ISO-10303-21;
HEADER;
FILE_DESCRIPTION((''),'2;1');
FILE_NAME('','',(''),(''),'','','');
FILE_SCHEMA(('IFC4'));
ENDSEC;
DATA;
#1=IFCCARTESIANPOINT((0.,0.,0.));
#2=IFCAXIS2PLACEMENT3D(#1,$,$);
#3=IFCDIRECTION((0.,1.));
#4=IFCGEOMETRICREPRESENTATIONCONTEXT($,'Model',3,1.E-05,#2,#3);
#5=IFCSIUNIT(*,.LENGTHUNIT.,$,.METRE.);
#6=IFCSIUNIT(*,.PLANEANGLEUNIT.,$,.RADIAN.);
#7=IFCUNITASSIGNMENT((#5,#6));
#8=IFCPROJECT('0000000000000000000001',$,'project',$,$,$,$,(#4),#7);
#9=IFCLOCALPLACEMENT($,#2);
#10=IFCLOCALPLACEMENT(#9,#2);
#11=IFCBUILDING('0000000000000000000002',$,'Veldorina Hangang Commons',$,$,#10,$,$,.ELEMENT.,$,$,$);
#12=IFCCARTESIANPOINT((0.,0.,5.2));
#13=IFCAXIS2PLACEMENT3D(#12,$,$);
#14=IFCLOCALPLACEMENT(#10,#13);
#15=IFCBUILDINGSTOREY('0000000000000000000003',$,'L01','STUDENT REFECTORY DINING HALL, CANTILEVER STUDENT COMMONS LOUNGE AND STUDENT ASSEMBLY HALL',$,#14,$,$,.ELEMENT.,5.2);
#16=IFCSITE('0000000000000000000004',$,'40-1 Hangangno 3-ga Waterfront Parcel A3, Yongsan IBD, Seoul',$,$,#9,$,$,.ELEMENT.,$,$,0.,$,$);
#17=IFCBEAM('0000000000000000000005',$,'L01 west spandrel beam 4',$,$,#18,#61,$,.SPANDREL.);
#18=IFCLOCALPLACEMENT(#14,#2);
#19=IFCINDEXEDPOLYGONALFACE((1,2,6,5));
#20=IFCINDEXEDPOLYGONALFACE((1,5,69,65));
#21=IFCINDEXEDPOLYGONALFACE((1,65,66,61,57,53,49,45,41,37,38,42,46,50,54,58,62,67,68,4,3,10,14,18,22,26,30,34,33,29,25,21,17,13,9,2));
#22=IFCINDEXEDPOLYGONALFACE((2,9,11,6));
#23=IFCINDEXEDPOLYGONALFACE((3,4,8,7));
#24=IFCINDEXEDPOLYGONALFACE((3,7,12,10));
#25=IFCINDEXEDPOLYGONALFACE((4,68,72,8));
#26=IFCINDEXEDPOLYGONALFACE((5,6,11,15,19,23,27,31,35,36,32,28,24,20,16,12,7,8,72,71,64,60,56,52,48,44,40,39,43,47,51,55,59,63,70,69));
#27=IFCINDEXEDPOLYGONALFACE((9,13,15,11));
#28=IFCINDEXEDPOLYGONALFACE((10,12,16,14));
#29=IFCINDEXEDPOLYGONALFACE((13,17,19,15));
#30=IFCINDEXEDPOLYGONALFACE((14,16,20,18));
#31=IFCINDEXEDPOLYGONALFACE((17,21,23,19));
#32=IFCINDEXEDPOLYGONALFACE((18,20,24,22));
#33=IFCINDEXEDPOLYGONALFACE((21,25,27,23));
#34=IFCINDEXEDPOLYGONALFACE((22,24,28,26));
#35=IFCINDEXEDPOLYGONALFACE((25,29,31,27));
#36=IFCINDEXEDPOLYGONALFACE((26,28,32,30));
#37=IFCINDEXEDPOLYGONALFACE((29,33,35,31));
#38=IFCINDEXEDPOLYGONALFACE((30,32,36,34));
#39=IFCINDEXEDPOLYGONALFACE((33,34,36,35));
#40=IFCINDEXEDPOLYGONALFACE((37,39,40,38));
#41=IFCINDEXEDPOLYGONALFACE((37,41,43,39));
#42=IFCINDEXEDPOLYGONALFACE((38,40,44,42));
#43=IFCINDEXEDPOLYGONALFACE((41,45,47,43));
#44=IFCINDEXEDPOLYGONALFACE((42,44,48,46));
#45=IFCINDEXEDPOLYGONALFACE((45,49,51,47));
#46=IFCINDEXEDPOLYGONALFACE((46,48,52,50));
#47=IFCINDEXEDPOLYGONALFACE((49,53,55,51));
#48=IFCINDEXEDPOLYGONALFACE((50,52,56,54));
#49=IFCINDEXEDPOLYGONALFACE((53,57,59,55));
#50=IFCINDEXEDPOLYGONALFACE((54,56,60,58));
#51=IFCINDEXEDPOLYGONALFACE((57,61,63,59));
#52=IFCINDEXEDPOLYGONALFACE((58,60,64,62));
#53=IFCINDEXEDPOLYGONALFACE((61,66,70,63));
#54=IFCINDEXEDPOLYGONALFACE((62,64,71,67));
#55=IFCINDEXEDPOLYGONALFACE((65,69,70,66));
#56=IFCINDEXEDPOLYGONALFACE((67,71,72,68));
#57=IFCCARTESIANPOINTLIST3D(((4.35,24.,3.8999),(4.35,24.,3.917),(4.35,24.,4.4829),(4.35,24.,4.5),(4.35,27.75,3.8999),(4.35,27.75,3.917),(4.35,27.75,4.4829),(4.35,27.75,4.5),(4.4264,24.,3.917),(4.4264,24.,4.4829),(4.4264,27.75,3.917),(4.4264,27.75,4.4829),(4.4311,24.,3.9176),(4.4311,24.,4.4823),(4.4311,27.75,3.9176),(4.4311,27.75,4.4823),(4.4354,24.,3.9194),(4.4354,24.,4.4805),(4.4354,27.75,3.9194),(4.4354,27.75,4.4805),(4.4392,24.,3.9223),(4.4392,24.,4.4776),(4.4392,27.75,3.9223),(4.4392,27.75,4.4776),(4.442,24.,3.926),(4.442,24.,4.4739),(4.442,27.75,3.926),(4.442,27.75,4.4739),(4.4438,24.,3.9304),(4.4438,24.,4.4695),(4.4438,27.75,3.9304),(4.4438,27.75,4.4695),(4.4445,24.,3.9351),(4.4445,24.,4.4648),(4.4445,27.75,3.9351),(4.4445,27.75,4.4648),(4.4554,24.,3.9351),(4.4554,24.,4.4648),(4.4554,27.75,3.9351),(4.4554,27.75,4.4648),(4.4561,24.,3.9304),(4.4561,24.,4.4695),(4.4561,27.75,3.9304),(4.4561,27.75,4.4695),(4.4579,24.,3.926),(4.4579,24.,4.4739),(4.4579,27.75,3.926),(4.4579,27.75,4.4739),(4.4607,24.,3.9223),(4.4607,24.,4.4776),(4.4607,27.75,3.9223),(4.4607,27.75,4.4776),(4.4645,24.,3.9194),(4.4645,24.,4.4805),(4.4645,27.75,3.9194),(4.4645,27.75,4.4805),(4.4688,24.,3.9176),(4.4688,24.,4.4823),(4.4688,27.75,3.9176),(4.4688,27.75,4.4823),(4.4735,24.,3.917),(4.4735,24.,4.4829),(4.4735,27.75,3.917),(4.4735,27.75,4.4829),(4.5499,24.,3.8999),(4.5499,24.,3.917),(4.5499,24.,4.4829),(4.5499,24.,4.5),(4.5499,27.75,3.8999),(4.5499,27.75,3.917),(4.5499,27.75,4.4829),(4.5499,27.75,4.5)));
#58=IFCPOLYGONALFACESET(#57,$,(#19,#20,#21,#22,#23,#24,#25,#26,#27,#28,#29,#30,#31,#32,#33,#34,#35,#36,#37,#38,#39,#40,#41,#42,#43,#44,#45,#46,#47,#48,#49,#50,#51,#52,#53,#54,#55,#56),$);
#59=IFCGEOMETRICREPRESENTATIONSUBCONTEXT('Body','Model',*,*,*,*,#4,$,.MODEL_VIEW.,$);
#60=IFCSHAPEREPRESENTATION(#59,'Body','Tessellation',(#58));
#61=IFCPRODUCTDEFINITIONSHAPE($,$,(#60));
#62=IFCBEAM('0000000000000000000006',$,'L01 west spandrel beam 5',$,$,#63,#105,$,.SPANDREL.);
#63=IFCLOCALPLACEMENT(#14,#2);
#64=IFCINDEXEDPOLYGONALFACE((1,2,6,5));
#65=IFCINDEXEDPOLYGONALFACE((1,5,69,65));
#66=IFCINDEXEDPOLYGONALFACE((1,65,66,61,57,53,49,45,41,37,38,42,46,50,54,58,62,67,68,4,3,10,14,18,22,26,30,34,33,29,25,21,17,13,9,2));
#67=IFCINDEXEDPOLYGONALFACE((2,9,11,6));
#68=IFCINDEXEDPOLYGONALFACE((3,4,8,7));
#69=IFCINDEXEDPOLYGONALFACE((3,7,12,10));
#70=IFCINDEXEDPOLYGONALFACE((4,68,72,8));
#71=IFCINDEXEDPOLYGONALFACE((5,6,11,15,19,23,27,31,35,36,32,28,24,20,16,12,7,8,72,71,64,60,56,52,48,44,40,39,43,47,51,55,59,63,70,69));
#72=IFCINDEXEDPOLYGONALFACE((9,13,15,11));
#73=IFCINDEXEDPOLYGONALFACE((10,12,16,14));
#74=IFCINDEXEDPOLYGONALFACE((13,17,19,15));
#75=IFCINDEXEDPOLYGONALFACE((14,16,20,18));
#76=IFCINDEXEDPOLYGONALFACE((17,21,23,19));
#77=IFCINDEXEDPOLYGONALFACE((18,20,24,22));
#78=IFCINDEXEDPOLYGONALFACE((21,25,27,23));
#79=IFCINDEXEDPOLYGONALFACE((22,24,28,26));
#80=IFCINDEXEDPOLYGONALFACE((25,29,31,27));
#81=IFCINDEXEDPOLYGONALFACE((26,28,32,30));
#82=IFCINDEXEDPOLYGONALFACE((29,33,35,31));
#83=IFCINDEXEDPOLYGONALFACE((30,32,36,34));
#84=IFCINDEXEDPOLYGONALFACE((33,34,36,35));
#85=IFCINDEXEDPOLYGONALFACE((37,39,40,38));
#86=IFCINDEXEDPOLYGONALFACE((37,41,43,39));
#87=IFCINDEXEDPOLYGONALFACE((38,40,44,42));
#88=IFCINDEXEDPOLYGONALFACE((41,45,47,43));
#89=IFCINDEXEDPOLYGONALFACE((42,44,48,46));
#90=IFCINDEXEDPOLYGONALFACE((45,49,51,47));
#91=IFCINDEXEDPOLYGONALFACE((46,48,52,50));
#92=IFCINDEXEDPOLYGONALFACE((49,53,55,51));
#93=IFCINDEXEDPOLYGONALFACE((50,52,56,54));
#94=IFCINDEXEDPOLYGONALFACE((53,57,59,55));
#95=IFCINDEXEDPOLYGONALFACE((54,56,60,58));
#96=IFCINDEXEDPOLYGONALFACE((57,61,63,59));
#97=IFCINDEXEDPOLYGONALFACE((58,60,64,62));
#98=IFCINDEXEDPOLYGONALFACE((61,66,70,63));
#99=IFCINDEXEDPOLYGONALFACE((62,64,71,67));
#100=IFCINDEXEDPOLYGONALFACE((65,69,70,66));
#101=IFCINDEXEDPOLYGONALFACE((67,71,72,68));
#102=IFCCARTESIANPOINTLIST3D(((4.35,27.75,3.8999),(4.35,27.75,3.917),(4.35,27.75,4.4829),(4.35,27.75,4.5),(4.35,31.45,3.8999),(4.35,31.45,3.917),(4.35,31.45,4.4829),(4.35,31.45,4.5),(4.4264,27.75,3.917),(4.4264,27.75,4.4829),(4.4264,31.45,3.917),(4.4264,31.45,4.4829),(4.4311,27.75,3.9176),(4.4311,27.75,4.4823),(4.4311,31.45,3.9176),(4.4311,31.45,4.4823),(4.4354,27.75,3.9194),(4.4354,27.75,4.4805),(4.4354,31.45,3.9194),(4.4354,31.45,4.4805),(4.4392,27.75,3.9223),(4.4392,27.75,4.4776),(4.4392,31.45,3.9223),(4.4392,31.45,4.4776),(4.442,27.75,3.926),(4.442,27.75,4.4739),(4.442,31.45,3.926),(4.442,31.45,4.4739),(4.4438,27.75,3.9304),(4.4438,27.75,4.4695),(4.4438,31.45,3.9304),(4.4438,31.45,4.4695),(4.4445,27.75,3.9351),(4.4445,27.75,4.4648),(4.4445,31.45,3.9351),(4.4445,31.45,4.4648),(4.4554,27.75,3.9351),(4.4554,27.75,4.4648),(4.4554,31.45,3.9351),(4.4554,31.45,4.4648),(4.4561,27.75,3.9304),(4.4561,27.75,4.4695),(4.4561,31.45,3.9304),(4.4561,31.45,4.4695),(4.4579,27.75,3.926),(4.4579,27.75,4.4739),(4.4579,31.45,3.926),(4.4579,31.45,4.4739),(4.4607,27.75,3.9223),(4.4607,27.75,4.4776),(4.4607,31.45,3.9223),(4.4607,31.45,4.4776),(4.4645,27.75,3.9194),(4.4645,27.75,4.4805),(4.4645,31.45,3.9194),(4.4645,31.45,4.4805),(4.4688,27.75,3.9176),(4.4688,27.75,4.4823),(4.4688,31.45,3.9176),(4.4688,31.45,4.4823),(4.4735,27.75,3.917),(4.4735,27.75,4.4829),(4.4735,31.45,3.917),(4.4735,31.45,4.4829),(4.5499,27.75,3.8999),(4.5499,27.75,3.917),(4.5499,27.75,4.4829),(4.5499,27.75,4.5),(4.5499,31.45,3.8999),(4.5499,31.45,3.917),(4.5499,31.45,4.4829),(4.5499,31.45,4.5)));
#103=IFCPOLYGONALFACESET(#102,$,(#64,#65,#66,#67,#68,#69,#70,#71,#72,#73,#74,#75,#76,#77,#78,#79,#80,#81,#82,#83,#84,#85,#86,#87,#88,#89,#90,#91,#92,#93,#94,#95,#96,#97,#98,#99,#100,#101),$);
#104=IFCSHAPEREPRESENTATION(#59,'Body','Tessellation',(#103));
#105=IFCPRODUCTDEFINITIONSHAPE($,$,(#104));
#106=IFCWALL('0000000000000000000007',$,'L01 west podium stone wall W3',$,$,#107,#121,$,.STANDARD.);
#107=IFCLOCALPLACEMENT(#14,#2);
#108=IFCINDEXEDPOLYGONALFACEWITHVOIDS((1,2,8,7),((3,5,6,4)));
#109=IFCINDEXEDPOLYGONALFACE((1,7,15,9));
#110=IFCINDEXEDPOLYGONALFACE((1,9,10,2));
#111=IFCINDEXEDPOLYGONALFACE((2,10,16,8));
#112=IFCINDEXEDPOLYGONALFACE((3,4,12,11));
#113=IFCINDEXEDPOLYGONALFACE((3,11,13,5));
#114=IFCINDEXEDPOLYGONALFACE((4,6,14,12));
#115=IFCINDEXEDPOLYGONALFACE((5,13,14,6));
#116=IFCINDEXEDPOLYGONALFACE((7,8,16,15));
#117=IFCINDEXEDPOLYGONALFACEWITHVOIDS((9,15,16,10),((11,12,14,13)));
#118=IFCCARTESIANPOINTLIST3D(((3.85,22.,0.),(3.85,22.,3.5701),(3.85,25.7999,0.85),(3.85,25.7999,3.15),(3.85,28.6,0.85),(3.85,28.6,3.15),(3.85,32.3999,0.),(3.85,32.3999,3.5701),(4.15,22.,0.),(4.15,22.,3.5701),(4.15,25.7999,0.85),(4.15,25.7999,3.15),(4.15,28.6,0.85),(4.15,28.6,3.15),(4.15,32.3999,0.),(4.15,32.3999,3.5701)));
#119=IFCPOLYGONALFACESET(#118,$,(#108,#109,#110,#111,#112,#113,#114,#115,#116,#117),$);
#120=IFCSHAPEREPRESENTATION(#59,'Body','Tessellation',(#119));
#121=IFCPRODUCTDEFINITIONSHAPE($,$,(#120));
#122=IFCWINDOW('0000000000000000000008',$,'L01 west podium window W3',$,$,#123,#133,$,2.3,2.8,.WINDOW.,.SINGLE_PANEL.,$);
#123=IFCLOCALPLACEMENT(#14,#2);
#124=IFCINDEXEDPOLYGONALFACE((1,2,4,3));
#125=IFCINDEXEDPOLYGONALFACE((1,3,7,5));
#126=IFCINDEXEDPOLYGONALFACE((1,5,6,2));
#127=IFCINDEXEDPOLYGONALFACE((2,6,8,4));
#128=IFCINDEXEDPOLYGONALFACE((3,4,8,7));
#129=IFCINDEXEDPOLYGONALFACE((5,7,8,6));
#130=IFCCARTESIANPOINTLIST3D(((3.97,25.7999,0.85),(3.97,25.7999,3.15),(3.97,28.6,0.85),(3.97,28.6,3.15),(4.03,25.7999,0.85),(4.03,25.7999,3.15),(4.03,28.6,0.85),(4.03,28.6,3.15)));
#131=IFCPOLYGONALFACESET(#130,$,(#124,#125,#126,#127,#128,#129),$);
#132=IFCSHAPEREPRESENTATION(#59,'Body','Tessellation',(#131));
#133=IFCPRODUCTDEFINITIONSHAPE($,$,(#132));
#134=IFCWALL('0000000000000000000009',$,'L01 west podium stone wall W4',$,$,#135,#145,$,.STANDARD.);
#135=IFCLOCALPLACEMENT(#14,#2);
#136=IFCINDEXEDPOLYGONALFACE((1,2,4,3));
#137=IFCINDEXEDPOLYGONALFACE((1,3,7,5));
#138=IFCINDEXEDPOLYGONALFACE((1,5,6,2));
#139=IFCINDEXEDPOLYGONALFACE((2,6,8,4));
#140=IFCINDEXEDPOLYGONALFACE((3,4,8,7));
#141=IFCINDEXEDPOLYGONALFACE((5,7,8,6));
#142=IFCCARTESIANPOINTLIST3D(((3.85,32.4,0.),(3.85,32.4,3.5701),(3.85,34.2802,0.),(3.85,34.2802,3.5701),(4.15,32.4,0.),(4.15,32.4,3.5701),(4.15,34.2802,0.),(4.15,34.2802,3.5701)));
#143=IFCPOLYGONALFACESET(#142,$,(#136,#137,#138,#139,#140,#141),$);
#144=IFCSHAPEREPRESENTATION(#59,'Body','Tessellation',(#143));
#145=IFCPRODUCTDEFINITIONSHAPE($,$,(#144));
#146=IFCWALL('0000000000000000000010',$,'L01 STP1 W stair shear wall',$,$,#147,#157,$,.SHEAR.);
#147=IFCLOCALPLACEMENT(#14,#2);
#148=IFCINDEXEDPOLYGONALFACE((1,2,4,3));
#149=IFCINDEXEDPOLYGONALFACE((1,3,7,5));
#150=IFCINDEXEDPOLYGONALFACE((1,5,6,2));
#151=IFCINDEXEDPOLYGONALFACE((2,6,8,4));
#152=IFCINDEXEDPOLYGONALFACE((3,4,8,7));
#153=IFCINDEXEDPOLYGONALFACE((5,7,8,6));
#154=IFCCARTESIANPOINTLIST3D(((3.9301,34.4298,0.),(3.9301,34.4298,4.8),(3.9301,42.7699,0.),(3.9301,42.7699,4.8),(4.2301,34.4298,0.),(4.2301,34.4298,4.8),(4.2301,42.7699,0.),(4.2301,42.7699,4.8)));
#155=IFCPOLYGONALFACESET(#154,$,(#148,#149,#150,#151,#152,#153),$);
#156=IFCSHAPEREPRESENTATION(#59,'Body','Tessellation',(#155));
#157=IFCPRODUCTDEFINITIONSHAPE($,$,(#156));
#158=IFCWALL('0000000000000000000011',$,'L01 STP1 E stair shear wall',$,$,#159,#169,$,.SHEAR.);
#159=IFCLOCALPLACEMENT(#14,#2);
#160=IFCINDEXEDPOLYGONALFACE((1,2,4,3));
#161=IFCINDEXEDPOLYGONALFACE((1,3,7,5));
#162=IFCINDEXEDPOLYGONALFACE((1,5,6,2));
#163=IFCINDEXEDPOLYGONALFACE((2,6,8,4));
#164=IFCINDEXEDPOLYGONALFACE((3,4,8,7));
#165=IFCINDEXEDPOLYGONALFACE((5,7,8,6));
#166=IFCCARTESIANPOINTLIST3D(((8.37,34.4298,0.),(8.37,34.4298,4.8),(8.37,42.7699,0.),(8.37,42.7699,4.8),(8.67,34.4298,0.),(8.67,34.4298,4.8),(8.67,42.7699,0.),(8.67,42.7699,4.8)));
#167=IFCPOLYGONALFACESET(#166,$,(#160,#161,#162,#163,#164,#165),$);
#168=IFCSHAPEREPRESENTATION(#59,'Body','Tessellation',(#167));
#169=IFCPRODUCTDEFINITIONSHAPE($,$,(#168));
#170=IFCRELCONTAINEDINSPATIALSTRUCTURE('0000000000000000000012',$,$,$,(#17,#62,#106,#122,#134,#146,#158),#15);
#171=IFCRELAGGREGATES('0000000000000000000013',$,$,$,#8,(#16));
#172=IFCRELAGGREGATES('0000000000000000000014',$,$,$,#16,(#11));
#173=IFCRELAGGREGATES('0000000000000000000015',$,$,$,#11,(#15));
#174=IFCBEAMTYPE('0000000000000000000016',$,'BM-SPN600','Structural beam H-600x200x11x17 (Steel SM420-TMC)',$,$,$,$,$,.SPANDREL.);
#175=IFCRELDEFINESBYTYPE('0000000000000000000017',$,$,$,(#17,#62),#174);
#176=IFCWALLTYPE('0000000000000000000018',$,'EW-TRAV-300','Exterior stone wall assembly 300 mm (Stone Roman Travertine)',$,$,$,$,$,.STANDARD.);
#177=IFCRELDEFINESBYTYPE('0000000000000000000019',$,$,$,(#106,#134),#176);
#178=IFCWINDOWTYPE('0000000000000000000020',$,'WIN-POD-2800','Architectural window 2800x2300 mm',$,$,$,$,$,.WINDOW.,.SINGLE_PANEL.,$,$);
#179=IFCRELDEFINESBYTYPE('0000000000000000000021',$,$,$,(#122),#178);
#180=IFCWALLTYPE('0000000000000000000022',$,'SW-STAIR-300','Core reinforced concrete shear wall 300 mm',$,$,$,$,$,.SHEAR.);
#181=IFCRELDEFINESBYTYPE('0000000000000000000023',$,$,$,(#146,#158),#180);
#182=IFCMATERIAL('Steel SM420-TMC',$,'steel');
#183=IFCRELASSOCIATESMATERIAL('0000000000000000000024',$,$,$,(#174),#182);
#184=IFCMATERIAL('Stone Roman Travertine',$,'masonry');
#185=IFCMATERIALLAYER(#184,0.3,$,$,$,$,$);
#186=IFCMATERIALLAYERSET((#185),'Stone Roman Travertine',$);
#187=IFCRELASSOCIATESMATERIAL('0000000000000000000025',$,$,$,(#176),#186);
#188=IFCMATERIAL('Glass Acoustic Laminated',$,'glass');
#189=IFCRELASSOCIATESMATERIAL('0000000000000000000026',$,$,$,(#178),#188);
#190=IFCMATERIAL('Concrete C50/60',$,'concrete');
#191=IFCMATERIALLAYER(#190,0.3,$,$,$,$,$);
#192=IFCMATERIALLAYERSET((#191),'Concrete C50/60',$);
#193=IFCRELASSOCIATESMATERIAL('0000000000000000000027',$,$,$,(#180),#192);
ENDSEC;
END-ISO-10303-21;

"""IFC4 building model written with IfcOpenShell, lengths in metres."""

from ifc_helpers import new_model, si_unit, direction, frame, frame_2d, origin, origin_2d, place, context, subcontext, project, spatial, rectangle, i_section, extrude, material, layer, layer_set, material_profile, profile_set, type_object, element, fill, save


model = new_model("IFC4")

# Units and contexts
model_context = context("Model", 3, precision=1e-05, world=origin(), true_north=direction((0.0, 1.0)))
body_context = subcontext(model_context, "Body", "Model", "MODEL_VIEW")
ifc_project = project(units=[si_unit("LENGTHUNIT", "METRE"), si_unit("PLANEANGLEUNIT", "RADIAN")], contexts=[model_context])

# Site, building, storey
site_placement = place(None, origin())
site = spatial("IfcSite", under=ifc_project, at=site_placement, Name="40-1 Hangangno 3-ga Waterfront Parcel A3, Yongsan IBD, Seoul", CompositionType="ELEMENT", RefElevation=0.0)
building_placement = place(site_placement, origin())
building = spatial("IfcBuilding", under=site, at=building_placement, Name="Veldorina Hangang Commons", CompositionType="ELEMENT")
storey_placement = place(building_placement, frame((0.0, 0.0, 5.2)))
storey = spatial("IfcBuildingStorey", under=building, at=storey_placement, Name="L01", Description="STUDENT REFECTORY DINING HALL, CANTILEVER STUDENT COMMONS LOUNGE AND STUDENT ASSEMBLY HALL", CompositionType="ELEMENT", Elevation=5.2)

# Beams
ifc_material_1 = material(Name="Steel SM420-TMC", Category="steel")
ifc_material_profile_1 = material_profile(ifc_material_1, i_section(OverallWidth=0.2, OverallDepth=0.6001, WebThickness=0.011, FlangeThickness=0.0171, FilletRadius=0.0181, at=origin_2d()), Name="H-600x200x11x17")
ifc_profile_set_1 = profile_set([ifc_material_profile_1], Name="Steel SM420-TMC")
beam_type_1 = type_object("IfcBeamType", Name="BM-SPN600", Description="Structural beam H-600x200x11x17 (Steel SM420-TMC)", PredefinedType="SPANDREL", material=ifc_profile_set_1)
beam_1_placement = place(storey_placement, frame((4.45, 24.0, 4.2), z_axis=(0.0, 1.0, 0.0), x_axis=(-1.0, 0.0, 0.0)))
element("IfcBeam", 1, at=beam_1_placement, inside=storey, type_object=beam_type_1, Name="L01 west spandrel beam 4", PredefinedType="SPANDREL", context=body_context, shape_type="SweptSolid", body=[
    extrude(i_section(OverallWidth=0.2, OverallDepth=0.6001, WebThickness=0.011, FlangeThickness=0.0171, FilletRadius=0.0181, at=origin_2d()), origin(), (0.0, 0.0, 1.0), 3.75),
])
beam_2_placement = place(storey_placement, frame((4.45, 27.75, 4.2), z_axis=(0.0, 1.0, 0.0), x_axis=(-1.0, 0.0, 0.0)))
element("IfcBeam", 2, at=beam_2_placement, inside=storey, type_object=beam_type_1, Name="L01 west spandrel beam 5", PredefinedType="SPANDREL", context=body_context, shape_type="SweptSolid", body=[
    extrude(i_section(OverallWidth=0.2, OverallDepth=0.6001, WebThickness=0.011, FlangeThickness=0.0171, FilletRadius=0.0181, at=origin_2d()), origin(), (0.0, 0.0, 1.0), 3.7),
])

# Wall, opening, window
ifc_material_2 = material(Name="Stone Roman Travertine", Category="masonry")
ifc_layer_1 = layer(ifc_material_2, 0.3)
ifc_layer_set_1 = layer_set([ifc_layer_1], Name="Stone Roman Travertine")
wall_type_1 = type_object("IfcWallType", Name="EW-TRAV-300", Description="Exterior stone wall assembly 300 mm (Stone Roman Travertine)", PredefinedType="STANDARD", material=ifc_layer_set_1)
wall_1_placement = place(storey_placement, frame((4.0, 32.3999, 0.0), z_axis=(0.0, 0.0, 1.0), x_axis=(0.0, -1.0, 0.0)))
wall_1 = element("IfcWall", 3, at=wall_1_placement, inside=storey, type_object=wall_type_1, Name="L01 west podium stone wall W3", PredefinedType="STANDARD", context=body_context, shape_type="SweptSolid", body=[
    extrude(rectangle(XDim=10.3999, YDim=0.3, at=frame_2d((5.2, 0.0))), origin(), (0.0, 0.0, 1.0), 3.5701),
])
opening_1_placement = place(wall_1_placement, frame((3.8, 0.0, 0.8501)))
opening_1 = element("IfcOpeningElement", 4, at=opening_1_placement, cuts=wall_1, PredefinedType="OPENING", context=body_context, shape_type="SweptSolid", body=[
    extrude(rectangle(XDim=2.8, YDim=2.3, at=frame_2d((1.3999, 1.1499))), frame((0.0, 0.1602, 0.0), z_axis=(0.0, -1.0, 0.0), x_axis=(1.0, 0.0, 0.0)), (0.0, 0.0, 1.0), 0.3201),
])
ifc_material_3 = material(Name="Glass Acoustic Laminated", Category="glass")
window_type = type_object("IfcWindowType", Name="WIN-POD-2800", Description="Architectural window 2800x2300 mm", PartitioningType="SINGLE_PANEL", PredefinedType="WINDOW", material=ifc_material_3)
window_placement = place(opening_1_placement, origin())
window = element("IfcWindow", 5, at=window_placement, inside=storey, type_object=window_type, Name="L01 west podium window W3", OverallHeight=2.3, OverallWidth=2.8, PartitioningType="SINGLE_PANEL", PredefinedType="WINDOW", context=body_context, shape_type="SweptSolid", body=[
    extrude(rectangle(XDim=2.8, YDim=2.3, at=frame_2d((1.3999, 1.1499))), frame((0.0, 0.03, 0.0), z_axis=(0.0, -1.0, 0.0), x_axis=(1.0, 0.0, 0.0)), (0.0, 0.0, 1.0), 0.0601),
])
fill(opening_1, window)

# Walls
wall_2_placement = place(storey_placement, frame((4.0, 34.28, 0.0), z_axis=(0.0, 0.0, 1.0), x_axis=(0.0, -1.0, 0.0)))
element("IfcWall", 6, at=wall_2_placement, inside=storey, type_object=wall_type_1, Name="L01 west podium stone wall W4", PredefinedType="STANDARD", context=body_context, shape_type="SweptSolid", body=[
    extrude(rectangle(XDim=1.8801, YDim=0.3, at=frame_2d((0.9399, 0.0))), origin(), (0.0, 0.0, 1.0), 3.5701),
])
ifc_material_4 = material(Name="Concrete C50/60", Category="concrete")
ifc_layer_2 = layer(ifc_material_4, 0.3)
ifc_layer_set_2 = layer_set([ifc_layer_2], Name="Concrete C50/60")
wall_type_2 = type_object("IfcWallType", Name="SW-STAIR-300", Description="Core reinforced concrete shear wall 300 mm", PredefinedType="SHEAR", material=ifc_layer_set_2)
for number, where, z_axis, x_axis, name in (
    (7, (4.0801, 34.4299, 0.0), (0.0, 0.0, 1.0), (0.0, 1.0, 0.0), "L01 STP1 W stair shear wall"),
    (8, (8.52, 34.4299, 0.0), (0.0, 0.0, 1.0), (0.0, 1.0, 0.0), "L01 STP1 E stair shear wall"),
):
    element("IfcWall", number, at=place(storey_placement, frame(where, z_axis=z_axis, x_axis=x_axis)), inside=storey, type_object=wall_type_2, Name=name, PredefinedType="SHEAR", context=body_context, shape_type="SweptSolid", body=[
        extrude(rectangle(XDim=8.3401, YDim=0.3, at=frame_2d((4.1699, 0.0))), origin(), (0.0, 0.0, 1.0), 4.8),
    ])

save(model, "model.ifc")
